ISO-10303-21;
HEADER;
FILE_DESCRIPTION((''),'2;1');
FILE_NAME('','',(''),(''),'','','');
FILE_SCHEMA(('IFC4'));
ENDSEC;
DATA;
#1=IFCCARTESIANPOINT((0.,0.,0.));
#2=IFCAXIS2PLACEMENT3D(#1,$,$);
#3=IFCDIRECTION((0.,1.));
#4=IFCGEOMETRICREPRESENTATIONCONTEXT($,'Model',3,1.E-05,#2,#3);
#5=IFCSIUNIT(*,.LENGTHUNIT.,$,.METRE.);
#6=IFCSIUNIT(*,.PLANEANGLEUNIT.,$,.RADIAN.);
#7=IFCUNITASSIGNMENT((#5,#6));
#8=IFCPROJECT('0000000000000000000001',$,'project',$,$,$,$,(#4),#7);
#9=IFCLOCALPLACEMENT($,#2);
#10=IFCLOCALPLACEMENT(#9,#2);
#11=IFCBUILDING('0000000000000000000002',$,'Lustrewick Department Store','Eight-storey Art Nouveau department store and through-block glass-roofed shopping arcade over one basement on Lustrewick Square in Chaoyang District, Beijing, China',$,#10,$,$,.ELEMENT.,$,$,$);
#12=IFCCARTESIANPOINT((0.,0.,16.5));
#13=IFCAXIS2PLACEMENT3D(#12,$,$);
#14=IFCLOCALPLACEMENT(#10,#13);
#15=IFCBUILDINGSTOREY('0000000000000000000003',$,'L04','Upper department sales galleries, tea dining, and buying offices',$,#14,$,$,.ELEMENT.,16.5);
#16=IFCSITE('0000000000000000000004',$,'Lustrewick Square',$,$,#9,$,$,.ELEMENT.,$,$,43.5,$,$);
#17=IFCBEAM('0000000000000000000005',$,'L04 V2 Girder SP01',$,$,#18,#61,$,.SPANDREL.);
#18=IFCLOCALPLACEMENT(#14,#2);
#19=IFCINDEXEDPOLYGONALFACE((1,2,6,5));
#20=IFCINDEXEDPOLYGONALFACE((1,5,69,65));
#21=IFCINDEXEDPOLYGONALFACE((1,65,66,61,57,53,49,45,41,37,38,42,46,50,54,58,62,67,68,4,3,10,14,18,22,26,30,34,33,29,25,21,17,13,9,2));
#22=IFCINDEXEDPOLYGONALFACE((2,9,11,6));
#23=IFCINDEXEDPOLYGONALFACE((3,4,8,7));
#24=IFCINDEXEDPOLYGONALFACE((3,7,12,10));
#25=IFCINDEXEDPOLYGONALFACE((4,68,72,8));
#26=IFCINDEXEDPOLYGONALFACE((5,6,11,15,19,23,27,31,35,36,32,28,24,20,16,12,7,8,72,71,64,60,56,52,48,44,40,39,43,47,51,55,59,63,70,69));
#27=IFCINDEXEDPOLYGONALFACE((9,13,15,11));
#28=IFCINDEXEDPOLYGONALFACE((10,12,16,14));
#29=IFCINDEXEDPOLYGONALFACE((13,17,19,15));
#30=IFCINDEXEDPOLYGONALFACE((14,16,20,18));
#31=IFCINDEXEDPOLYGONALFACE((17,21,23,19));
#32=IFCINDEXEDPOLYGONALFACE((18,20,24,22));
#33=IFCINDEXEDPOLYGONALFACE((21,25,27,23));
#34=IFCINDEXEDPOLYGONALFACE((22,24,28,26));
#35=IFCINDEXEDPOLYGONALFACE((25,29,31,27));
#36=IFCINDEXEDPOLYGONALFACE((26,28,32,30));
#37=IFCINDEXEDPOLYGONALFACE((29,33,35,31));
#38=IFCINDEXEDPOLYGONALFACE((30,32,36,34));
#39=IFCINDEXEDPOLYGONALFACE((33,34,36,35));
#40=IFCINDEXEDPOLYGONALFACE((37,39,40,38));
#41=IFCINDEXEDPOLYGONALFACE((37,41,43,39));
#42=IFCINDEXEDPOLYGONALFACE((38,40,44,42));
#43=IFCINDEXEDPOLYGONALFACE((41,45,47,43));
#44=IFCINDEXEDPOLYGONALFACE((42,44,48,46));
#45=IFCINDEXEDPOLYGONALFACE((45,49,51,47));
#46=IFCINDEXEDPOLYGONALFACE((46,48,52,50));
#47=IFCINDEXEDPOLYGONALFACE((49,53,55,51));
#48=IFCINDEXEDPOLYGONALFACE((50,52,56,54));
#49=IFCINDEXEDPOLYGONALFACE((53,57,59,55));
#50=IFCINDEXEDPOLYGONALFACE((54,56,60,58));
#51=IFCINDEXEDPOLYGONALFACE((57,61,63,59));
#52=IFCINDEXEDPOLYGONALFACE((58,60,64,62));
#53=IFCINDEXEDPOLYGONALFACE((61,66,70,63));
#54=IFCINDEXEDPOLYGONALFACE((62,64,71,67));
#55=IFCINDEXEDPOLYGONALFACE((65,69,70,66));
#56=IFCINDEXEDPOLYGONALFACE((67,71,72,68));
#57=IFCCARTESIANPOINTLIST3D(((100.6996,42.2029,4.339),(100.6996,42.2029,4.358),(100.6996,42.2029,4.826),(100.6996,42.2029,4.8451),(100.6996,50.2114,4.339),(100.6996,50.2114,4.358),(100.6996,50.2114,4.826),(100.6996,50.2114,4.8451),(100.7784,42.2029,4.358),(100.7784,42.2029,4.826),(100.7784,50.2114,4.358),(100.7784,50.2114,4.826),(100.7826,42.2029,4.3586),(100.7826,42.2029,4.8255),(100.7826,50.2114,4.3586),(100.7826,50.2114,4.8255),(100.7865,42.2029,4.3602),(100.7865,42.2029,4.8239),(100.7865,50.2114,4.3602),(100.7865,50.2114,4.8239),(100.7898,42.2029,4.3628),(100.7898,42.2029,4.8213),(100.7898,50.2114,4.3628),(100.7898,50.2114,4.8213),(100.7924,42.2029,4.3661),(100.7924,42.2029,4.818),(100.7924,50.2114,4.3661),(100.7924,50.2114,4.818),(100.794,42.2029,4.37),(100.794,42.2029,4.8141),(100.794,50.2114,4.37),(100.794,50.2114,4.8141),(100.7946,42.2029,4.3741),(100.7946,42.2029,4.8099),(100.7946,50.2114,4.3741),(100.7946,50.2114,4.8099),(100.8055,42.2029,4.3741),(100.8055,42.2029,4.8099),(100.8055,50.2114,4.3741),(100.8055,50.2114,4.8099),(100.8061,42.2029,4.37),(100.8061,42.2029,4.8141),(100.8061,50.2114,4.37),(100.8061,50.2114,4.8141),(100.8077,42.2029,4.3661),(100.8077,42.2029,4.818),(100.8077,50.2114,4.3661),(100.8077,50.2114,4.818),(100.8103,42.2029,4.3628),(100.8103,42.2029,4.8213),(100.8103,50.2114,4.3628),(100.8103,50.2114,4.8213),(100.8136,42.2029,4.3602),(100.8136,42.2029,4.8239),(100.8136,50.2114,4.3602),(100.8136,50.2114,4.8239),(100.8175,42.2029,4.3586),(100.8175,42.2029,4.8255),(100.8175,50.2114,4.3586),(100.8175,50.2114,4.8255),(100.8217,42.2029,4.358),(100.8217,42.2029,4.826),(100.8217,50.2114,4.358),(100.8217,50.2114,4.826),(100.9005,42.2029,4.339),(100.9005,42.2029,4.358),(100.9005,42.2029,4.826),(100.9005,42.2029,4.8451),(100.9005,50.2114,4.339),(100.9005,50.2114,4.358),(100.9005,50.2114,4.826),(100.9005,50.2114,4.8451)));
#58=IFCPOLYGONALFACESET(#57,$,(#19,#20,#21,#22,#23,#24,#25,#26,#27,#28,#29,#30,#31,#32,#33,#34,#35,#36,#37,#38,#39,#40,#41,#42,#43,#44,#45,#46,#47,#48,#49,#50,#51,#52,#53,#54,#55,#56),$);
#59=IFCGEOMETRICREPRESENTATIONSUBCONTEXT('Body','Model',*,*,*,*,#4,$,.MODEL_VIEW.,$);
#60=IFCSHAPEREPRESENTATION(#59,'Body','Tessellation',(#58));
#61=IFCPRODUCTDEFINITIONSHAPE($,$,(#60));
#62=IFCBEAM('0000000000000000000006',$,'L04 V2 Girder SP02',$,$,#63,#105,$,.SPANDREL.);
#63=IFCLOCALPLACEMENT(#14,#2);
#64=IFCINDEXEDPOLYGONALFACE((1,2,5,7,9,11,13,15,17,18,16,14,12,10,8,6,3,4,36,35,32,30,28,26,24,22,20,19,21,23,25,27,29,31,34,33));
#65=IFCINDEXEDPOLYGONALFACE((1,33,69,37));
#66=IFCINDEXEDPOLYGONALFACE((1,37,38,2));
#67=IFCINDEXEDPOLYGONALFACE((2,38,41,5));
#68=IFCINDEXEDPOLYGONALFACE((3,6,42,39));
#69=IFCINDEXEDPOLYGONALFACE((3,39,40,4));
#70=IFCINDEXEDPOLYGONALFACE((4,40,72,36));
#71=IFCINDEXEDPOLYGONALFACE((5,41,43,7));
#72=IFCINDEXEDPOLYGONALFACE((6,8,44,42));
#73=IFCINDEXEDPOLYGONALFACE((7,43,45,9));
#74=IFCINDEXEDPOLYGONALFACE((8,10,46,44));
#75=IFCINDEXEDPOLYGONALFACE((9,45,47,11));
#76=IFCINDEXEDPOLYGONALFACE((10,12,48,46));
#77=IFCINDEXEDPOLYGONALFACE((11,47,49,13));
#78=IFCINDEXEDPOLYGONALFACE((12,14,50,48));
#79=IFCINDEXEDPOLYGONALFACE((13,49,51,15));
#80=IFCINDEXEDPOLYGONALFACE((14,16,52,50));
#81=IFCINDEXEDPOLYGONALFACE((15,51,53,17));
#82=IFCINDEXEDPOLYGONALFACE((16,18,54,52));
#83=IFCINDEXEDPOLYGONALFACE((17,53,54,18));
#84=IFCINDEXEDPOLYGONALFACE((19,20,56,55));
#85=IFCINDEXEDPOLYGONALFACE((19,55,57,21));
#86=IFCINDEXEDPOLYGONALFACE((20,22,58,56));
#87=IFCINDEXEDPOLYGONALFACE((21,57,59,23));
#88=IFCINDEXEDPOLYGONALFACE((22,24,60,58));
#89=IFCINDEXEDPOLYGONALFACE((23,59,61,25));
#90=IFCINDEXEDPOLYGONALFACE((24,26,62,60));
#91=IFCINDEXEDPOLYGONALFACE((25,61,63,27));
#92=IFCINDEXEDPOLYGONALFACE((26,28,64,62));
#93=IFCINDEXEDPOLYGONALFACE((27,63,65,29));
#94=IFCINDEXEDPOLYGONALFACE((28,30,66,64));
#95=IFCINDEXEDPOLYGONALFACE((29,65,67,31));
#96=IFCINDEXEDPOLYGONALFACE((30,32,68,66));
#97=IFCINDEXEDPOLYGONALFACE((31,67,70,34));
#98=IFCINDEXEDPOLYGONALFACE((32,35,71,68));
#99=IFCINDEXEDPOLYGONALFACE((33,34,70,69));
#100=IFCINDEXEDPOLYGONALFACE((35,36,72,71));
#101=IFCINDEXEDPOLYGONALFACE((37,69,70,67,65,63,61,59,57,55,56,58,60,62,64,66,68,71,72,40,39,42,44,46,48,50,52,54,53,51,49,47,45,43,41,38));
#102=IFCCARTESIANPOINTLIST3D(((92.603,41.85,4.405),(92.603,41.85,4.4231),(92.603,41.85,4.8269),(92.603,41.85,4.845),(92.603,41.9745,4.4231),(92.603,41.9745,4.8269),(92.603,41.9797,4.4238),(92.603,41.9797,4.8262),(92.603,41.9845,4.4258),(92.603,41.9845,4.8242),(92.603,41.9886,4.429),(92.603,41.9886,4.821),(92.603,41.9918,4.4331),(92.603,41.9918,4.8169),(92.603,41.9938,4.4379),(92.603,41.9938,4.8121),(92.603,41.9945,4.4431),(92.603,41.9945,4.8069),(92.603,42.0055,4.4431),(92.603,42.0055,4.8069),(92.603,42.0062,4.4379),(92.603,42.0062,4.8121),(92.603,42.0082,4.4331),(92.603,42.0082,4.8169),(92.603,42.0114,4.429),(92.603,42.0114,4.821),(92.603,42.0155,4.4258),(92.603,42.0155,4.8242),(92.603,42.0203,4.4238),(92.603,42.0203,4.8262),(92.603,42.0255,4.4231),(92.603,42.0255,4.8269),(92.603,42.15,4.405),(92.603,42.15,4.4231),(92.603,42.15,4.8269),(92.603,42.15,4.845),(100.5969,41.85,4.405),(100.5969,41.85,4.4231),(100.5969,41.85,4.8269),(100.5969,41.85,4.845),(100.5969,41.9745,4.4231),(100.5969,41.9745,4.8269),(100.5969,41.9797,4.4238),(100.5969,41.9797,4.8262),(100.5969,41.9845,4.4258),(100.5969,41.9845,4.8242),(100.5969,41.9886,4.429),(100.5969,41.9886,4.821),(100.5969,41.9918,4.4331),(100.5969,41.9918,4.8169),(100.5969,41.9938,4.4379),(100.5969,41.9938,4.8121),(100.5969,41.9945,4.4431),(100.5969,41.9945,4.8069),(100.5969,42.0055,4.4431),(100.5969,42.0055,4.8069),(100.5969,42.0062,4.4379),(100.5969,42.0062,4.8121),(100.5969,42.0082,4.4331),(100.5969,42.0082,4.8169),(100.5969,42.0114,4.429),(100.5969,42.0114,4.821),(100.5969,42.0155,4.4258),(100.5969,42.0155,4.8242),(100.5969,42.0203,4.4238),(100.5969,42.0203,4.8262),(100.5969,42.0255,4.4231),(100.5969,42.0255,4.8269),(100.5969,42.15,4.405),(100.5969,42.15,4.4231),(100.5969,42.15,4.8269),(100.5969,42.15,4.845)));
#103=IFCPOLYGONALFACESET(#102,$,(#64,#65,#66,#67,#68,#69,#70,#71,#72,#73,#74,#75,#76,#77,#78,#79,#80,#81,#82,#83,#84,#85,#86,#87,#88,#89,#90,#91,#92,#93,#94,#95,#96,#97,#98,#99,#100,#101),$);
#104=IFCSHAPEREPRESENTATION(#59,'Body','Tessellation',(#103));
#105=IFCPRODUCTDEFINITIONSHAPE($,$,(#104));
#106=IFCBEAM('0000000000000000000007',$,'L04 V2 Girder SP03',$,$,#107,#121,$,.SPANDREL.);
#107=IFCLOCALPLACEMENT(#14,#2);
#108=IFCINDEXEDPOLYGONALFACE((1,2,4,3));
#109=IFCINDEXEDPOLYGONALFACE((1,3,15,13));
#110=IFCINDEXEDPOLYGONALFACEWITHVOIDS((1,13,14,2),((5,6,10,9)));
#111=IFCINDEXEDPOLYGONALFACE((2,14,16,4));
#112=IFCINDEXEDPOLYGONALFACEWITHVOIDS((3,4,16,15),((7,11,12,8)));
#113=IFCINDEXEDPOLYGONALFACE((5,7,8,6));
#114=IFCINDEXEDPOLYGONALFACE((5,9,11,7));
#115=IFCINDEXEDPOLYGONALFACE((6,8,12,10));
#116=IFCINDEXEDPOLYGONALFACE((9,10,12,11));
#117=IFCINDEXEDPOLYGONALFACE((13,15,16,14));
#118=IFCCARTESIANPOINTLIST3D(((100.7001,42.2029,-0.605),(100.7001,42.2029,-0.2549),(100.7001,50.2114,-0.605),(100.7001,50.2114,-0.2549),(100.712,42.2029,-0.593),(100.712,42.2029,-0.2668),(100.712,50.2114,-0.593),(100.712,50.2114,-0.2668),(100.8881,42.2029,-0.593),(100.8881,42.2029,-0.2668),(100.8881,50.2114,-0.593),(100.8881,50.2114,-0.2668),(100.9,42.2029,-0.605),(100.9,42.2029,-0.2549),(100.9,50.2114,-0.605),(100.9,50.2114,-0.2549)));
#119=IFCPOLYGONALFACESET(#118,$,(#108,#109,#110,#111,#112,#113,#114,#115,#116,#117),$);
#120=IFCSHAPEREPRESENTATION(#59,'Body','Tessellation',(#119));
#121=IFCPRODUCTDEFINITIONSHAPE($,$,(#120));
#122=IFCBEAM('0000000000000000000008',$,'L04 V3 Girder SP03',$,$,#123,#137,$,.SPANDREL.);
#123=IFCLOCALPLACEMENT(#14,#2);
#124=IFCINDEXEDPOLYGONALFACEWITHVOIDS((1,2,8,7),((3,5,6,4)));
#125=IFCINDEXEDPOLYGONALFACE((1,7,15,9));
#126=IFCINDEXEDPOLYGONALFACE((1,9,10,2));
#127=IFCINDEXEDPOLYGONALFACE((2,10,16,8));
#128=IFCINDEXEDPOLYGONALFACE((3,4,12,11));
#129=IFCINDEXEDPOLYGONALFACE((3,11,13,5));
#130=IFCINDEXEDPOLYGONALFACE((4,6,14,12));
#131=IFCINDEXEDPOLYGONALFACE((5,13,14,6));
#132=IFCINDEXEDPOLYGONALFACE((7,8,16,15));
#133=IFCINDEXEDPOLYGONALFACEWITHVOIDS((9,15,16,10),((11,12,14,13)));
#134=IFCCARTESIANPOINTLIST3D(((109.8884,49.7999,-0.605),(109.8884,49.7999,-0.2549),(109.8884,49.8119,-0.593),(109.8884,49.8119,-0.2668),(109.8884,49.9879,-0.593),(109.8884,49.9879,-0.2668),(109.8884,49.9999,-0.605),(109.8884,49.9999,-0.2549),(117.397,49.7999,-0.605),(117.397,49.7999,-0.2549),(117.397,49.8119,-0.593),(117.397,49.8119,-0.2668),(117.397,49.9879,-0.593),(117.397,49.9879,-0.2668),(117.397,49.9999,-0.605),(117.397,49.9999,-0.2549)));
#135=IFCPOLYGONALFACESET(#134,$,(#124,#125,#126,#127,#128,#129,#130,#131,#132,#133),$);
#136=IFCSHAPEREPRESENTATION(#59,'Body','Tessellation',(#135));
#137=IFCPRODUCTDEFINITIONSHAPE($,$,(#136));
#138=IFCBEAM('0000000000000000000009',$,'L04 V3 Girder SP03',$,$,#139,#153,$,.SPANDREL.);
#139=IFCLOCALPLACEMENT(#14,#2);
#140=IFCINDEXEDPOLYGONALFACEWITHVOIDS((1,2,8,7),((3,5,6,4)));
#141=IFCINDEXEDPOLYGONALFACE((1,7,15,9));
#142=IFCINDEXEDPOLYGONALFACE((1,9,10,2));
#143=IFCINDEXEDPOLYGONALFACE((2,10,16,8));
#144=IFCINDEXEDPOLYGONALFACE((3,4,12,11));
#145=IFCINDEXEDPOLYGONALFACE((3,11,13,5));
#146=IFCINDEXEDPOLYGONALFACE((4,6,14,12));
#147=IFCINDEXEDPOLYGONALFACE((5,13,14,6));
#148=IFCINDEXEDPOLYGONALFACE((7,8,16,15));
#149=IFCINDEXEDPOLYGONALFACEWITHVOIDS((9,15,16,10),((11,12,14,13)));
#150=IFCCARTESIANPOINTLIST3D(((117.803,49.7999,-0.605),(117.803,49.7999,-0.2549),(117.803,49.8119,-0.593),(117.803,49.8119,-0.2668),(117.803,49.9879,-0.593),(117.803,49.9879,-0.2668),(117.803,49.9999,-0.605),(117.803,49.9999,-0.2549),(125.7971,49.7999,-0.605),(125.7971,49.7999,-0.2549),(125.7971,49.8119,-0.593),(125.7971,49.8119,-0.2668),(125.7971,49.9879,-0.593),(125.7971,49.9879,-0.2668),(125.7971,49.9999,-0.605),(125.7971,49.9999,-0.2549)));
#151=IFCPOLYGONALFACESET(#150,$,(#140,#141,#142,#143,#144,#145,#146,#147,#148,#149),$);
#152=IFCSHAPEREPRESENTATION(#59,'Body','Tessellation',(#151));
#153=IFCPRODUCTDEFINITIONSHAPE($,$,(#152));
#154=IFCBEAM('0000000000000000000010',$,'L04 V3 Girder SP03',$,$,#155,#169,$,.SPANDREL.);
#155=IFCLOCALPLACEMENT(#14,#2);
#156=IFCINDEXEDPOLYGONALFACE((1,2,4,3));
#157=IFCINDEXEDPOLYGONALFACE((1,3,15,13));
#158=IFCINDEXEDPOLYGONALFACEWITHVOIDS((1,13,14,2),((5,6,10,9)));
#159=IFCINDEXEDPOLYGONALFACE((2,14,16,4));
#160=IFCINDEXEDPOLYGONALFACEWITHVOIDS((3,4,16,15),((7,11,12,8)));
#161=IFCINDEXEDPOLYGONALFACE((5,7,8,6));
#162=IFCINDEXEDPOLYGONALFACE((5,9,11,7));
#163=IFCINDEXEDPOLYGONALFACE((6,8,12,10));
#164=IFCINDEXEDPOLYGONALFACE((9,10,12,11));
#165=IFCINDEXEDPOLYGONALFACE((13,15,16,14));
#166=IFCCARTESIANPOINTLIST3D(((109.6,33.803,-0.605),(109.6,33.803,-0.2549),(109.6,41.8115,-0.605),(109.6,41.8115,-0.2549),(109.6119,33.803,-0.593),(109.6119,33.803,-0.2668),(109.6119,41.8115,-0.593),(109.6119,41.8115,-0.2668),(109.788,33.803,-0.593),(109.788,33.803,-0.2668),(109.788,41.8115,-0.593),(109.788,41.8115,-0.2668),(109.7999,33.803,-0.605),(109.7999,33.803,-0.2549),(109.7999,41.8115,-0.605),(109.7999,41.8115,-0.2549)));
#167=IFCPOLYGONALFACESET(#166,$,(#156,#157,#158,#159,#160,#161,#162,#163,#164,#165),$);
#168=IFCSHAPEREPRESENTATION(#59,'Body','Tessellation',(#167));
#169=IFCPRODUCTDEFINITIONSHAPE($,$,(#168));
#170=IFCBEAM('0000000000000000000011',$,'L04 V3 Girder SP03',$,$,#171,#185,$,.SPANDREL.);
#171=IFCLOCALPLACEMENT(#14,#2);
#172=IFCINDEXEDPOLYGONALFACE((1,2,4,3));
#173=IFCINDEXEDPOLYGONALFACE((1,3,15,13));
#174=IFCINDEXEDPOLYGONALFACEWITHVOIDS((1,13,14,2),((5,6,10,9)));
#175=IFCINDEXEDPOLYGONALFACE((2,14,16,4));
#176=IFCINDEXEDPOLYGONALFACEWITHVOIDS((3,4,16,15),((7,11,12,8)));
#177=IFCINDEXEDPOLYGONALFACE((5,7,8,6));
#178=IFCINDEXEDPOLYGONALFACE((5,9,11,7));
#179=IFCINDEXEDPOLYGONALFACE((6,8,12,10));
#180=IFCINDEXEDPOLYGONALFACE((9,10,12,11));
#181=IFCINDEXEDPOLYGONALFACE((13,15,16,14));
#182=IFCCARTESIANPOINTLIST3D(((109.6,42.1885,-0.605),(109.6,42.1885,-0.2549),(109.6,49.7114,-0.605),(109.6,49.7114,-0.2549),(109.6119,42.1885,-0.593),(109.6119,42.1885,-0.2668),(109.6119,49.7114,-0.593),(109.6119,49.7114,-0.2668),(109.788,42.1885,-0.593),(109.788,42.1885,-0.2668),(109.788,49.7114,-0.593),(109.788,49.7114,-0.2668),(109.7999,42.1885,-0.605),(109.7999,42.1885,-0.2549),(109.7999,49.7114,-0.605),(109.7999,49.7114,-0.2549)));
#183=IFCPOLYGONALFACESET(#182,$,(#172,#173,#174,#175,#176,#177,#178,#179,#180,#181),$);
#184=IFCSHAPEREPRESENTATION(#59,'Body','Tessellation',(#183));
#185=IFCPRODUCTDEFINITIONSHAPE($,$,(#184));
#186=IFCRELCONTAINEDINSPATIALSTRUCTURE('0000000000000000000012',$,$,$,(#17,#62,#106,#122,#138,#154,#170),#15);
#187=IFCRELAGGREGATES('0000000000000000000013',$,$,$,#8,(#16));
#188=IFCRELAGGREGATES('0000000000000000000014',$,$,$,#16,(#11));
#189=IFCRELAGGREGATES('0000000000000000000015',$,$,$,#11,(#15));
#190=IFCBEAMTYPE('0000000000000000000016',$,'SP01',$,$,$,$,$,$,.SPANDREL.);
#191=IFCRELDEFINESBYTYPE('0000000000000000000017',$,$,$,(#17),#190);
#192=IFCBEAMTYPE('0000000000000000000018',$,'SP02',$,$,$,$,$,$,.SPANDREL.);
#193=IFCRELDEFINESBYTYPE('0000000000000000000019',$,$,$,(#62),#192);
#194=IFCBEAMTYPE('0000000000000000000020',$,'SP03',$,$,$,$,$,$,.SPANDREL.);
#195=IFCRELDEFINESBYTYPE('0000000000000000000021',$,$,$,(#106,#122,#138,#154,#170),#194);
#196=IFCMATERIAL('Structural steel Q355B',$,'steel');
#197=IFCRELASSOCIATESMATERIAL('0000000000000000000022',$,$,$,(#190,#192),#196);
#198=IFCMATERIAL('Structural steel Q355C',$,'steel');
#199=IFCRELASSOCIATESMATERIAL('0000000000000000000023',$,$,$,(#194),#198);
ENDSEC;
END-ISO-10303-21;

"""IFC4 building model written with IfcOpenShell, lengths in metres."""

from ifc_helpers import new_model, si_unit, direction, frame, origin, origin_2d, place, context, subcontext, project, spatial, hollow_rectangle, i_section, extrude, material, material_profile, profile_set, type_object, element, save


model = new_model("IFC4")

# Units and contexts
model_context = context("Model", 3, precision=1e-05, world=origin(), true_north=direction((0.0, 1.0)))
body_context = subcontext(model_context, "Body", "Model", "MODEL_VIEW")
ifc_project = project(units=[si_unit("LENGTHUNIT", "METRE"), si_unit("PLANEANGLEUNIT", "RADIAN")], contexts=[model_context])

# Site, building, storey
site_placement = place(None, origin())
site = spatial("IfcSite", under=ifc_project, at=site_placement, Name="Lustrewick Square", CompositionType="ELEMENT", RefElevation=43.5)
building_placement = place(site_placement, origin())
building = spatial("IfcBuilding", under=site, at=building_placement, Name="Lustrewick Department Store", Description="Eight-storey Art Nouveau department store and through-block glass-roofed shopping arcade over one basement on Lustrewick Square in Chaoyang District, Beijing, China", CompositionType="ELEMENT")
storey_placement = place(building_placement, frame((0.0, 0.0, 16.5)))
storey = spatial("IfcBuildingStorey", under=building, at=storey_placement, Name="L04", Description="Upper department sales galleries, tea dining, and buying offices", CompositionType="ELEMENT", Elevation=16.5)

# Shared definitions
ifc_material_1 = material(Name="Structural steel Q355C", Category="steel")

# Beams
ifc_material_2 = material(Name="Structural steel Q355B", Category="steel")
ifc_material_profile_1 = material_profile(ifc_material_2, i_section(OverallWidth=0.2009, OverallDepth=0.5061, WebThickness=0.011, FlangeThickness=0.019, FilletRadius=0.0161, at=origin_2d()), Name="HN 506x201x11x19")
ifc_profile_set_1 = profile_set([ifc_material_profile_1], Name="Structural steel Q355B")
beam_type_1 = type_object("IfcBeamType", Name="SP01", PredefinedType="SPANDREL", material=ifc_profile_set_1)
beam_1_placement = place(storey_placement, frame((100.8, 42.2029, 4.592), z_axis=(0.0, 1.0, 0.0), x_axis=(-1.0, 0.0, 0.0)))
element("IfcBeam", 1, at=beam_1_placement, inside=storey, type_object=beam_type_1, Name="L04 V2 Girder SP01", PredefinedType="SPANDREL", context=body_context, shape_type="SweptSolid", body=[
    extrude(i_section(OverallWidth=0.2009, OverallDepth=0.5061, WebThickness=0.011, FlangeThickness=0.019, FilletRadius=0.0161, at=origin_2d()), origin(), (0.0, 0.0, 1.0), 8.0085),
])
ifc_material_profile_2 = material_profile(ifc_material_2, i_section(OverallWidth=0.3, OverallDepth=0.4399, WebThickness=0.011, FlangeThickness=0.0181, FilletRadius=0.02, at=origin_2d()), Name="HM 440x300x11x18")
ifc_profile_set_2 = profile_set([ifc_material_profile_2], Name="Structural steel Q355B")
beam_type_2 = type_object("IfcBeamType", Name="SP02", PredefinedType="SPANDREL", material=ifc_profile_set_2)
beam_2_placement = place(storey_placement, frame((92.603, 42.0, 4.625), z_axis=(1.0, 0.0, 0.0), x_axis=(0.0, 1.0, 0.0)))
element("IfcBeam", 2, at=beam_2_placement, inside=storey, type_object=beam_type_2, Name="L04 V2 Girder SP02", PredefinedType="SPANDREL", context=body_context, shape_type="SweptSolid", body=[
    extrude(i_section(OverallWidth=0.3, OverallDepth=0.4399, WebThickness=0.011, FlangeThickness=0.0181, FilletRadius=0.02, at=origin_2d()), origin(), (0.0, 0.0, 1.0), 7.9939),
])
ifc_material_profile_3 = material_profile(ifc_material_1, hollow_rectangle(XDim=0.2, YDim=0.3501, WallThickness=0.012, at=origin_2d()), Name="RHS 350x200x12")
ifc_profile_set_3 = profile_set([ifc_material_profile_3], Name="Structural steel Q355C")
beam_type_3 = type_object("IfcBeamType", Name="SP03", PredefinedType="SPANDREL", material=ifc_profile_set_3)
beam_3_placement = place(storey_placement, frame((100.8, 42.2029, -0.4299), z_axis=(0.0, 1.0, 0.0), x_axis=(-1.0, 0.0, 0.0)))
element("IfcBeam", 3, at=beam_3_placement, inside=storey, type_object=beam_type_3, Name="L04 V2 Girder SP03", PredefinedType="SPANDREL", context=body_context, shape_type="SweptSolid", body=[
    extrude(hollow_rectangle(XDim=0.2, YDim=0.3501, WallThickness=0.012, at=origin_2d()), origin(), (0.0, 0.0, 1.0), 8.0085),
])
beam_4_placement = place(storey_placement, frame((109.8884, 49.8999, -0.4299), z_axis=(1.0, 0.0, 0.0), x_axis=(0.0, 1.0, 0.0)))
element("IfcBeam", 4, at=beam_4_placement, inside=storey, type_object=beam_type_3, Name="L04 V3 Girder SP03", PredefinedType="SPANDREL", context=body_context, shape_type="SweptSolid", body=[
    extrude(hollow_rectangle(XDim=0.2, YDim=0.3501, WallThickness=0.012, at=origin_2d()), origin(), (0.0, 0.0, 1.0), 7.5085),
])
beam_5_placement = place(storey_placement, frame((117.803, 49.8999, -0.4299), z_axis=(1.0, 0.0, 0.0), x_axis=(0.0, 1.0, 0.0)))
element("IfcBeam", 5, at=beam_5_placement, inside=storey, type_object=beam_type_3, Name="L04 V3 Girder SP03", PredefinedType="SPANDREL", context=body_context, shape_type="SweptSolid", body=[
    extrude(hollow_rectangle(XDim=0.2, YDim=0.3501, WallThickness=0.012, at=origin_2d()), origin(), (0.0, 0.0, 1.0), 7.9941),
])
beam_6_placement = place(storey_placement, frame((109.7, 33.803, -0.4299), z_axis=(0.0, 1.0, 0.0), x_axis=(-1.0, 0.0, 0.0)))
element("IfcBeam", 6, at=beam_6_placement, inside=storey, type_object=beam_type_3, Name="L04 V3 Girder SP03", PredefinedType="SPANDREL", context=body_context, shape_type="SweptSolid", body=[
    extrude(hollow_rectangle(XDim=0.2, YDim=0.3501, WallThickness=0.012, at=origin_2d()), origin(), (0.0, 0.0, 1.0), 8.0085),
])
beam_7_placement = place(storey_placement, frame((109.7, 42.1885, -0.4299), z_axis=(0.0, 1.0, 0.0), x_axis=(-1.0, 0.0, 0.0)))
element("IfcBeam", 7, at=beam_7_placement, inside=storey, type_object=beam_type_3, Name="L04 V3 Girder SP03", PredefinedType="SPANDREL", context=body_context, shape_type="SweptSolid", body=[
    extrude(hollow_rectangle(XDim=0.2, YDim=0.3501, WallThickness=0.012, at=origin_2d()), origin(), (0.0, 0.0, 1.0), 7.5229),
])

save(model, "model.ifc")
